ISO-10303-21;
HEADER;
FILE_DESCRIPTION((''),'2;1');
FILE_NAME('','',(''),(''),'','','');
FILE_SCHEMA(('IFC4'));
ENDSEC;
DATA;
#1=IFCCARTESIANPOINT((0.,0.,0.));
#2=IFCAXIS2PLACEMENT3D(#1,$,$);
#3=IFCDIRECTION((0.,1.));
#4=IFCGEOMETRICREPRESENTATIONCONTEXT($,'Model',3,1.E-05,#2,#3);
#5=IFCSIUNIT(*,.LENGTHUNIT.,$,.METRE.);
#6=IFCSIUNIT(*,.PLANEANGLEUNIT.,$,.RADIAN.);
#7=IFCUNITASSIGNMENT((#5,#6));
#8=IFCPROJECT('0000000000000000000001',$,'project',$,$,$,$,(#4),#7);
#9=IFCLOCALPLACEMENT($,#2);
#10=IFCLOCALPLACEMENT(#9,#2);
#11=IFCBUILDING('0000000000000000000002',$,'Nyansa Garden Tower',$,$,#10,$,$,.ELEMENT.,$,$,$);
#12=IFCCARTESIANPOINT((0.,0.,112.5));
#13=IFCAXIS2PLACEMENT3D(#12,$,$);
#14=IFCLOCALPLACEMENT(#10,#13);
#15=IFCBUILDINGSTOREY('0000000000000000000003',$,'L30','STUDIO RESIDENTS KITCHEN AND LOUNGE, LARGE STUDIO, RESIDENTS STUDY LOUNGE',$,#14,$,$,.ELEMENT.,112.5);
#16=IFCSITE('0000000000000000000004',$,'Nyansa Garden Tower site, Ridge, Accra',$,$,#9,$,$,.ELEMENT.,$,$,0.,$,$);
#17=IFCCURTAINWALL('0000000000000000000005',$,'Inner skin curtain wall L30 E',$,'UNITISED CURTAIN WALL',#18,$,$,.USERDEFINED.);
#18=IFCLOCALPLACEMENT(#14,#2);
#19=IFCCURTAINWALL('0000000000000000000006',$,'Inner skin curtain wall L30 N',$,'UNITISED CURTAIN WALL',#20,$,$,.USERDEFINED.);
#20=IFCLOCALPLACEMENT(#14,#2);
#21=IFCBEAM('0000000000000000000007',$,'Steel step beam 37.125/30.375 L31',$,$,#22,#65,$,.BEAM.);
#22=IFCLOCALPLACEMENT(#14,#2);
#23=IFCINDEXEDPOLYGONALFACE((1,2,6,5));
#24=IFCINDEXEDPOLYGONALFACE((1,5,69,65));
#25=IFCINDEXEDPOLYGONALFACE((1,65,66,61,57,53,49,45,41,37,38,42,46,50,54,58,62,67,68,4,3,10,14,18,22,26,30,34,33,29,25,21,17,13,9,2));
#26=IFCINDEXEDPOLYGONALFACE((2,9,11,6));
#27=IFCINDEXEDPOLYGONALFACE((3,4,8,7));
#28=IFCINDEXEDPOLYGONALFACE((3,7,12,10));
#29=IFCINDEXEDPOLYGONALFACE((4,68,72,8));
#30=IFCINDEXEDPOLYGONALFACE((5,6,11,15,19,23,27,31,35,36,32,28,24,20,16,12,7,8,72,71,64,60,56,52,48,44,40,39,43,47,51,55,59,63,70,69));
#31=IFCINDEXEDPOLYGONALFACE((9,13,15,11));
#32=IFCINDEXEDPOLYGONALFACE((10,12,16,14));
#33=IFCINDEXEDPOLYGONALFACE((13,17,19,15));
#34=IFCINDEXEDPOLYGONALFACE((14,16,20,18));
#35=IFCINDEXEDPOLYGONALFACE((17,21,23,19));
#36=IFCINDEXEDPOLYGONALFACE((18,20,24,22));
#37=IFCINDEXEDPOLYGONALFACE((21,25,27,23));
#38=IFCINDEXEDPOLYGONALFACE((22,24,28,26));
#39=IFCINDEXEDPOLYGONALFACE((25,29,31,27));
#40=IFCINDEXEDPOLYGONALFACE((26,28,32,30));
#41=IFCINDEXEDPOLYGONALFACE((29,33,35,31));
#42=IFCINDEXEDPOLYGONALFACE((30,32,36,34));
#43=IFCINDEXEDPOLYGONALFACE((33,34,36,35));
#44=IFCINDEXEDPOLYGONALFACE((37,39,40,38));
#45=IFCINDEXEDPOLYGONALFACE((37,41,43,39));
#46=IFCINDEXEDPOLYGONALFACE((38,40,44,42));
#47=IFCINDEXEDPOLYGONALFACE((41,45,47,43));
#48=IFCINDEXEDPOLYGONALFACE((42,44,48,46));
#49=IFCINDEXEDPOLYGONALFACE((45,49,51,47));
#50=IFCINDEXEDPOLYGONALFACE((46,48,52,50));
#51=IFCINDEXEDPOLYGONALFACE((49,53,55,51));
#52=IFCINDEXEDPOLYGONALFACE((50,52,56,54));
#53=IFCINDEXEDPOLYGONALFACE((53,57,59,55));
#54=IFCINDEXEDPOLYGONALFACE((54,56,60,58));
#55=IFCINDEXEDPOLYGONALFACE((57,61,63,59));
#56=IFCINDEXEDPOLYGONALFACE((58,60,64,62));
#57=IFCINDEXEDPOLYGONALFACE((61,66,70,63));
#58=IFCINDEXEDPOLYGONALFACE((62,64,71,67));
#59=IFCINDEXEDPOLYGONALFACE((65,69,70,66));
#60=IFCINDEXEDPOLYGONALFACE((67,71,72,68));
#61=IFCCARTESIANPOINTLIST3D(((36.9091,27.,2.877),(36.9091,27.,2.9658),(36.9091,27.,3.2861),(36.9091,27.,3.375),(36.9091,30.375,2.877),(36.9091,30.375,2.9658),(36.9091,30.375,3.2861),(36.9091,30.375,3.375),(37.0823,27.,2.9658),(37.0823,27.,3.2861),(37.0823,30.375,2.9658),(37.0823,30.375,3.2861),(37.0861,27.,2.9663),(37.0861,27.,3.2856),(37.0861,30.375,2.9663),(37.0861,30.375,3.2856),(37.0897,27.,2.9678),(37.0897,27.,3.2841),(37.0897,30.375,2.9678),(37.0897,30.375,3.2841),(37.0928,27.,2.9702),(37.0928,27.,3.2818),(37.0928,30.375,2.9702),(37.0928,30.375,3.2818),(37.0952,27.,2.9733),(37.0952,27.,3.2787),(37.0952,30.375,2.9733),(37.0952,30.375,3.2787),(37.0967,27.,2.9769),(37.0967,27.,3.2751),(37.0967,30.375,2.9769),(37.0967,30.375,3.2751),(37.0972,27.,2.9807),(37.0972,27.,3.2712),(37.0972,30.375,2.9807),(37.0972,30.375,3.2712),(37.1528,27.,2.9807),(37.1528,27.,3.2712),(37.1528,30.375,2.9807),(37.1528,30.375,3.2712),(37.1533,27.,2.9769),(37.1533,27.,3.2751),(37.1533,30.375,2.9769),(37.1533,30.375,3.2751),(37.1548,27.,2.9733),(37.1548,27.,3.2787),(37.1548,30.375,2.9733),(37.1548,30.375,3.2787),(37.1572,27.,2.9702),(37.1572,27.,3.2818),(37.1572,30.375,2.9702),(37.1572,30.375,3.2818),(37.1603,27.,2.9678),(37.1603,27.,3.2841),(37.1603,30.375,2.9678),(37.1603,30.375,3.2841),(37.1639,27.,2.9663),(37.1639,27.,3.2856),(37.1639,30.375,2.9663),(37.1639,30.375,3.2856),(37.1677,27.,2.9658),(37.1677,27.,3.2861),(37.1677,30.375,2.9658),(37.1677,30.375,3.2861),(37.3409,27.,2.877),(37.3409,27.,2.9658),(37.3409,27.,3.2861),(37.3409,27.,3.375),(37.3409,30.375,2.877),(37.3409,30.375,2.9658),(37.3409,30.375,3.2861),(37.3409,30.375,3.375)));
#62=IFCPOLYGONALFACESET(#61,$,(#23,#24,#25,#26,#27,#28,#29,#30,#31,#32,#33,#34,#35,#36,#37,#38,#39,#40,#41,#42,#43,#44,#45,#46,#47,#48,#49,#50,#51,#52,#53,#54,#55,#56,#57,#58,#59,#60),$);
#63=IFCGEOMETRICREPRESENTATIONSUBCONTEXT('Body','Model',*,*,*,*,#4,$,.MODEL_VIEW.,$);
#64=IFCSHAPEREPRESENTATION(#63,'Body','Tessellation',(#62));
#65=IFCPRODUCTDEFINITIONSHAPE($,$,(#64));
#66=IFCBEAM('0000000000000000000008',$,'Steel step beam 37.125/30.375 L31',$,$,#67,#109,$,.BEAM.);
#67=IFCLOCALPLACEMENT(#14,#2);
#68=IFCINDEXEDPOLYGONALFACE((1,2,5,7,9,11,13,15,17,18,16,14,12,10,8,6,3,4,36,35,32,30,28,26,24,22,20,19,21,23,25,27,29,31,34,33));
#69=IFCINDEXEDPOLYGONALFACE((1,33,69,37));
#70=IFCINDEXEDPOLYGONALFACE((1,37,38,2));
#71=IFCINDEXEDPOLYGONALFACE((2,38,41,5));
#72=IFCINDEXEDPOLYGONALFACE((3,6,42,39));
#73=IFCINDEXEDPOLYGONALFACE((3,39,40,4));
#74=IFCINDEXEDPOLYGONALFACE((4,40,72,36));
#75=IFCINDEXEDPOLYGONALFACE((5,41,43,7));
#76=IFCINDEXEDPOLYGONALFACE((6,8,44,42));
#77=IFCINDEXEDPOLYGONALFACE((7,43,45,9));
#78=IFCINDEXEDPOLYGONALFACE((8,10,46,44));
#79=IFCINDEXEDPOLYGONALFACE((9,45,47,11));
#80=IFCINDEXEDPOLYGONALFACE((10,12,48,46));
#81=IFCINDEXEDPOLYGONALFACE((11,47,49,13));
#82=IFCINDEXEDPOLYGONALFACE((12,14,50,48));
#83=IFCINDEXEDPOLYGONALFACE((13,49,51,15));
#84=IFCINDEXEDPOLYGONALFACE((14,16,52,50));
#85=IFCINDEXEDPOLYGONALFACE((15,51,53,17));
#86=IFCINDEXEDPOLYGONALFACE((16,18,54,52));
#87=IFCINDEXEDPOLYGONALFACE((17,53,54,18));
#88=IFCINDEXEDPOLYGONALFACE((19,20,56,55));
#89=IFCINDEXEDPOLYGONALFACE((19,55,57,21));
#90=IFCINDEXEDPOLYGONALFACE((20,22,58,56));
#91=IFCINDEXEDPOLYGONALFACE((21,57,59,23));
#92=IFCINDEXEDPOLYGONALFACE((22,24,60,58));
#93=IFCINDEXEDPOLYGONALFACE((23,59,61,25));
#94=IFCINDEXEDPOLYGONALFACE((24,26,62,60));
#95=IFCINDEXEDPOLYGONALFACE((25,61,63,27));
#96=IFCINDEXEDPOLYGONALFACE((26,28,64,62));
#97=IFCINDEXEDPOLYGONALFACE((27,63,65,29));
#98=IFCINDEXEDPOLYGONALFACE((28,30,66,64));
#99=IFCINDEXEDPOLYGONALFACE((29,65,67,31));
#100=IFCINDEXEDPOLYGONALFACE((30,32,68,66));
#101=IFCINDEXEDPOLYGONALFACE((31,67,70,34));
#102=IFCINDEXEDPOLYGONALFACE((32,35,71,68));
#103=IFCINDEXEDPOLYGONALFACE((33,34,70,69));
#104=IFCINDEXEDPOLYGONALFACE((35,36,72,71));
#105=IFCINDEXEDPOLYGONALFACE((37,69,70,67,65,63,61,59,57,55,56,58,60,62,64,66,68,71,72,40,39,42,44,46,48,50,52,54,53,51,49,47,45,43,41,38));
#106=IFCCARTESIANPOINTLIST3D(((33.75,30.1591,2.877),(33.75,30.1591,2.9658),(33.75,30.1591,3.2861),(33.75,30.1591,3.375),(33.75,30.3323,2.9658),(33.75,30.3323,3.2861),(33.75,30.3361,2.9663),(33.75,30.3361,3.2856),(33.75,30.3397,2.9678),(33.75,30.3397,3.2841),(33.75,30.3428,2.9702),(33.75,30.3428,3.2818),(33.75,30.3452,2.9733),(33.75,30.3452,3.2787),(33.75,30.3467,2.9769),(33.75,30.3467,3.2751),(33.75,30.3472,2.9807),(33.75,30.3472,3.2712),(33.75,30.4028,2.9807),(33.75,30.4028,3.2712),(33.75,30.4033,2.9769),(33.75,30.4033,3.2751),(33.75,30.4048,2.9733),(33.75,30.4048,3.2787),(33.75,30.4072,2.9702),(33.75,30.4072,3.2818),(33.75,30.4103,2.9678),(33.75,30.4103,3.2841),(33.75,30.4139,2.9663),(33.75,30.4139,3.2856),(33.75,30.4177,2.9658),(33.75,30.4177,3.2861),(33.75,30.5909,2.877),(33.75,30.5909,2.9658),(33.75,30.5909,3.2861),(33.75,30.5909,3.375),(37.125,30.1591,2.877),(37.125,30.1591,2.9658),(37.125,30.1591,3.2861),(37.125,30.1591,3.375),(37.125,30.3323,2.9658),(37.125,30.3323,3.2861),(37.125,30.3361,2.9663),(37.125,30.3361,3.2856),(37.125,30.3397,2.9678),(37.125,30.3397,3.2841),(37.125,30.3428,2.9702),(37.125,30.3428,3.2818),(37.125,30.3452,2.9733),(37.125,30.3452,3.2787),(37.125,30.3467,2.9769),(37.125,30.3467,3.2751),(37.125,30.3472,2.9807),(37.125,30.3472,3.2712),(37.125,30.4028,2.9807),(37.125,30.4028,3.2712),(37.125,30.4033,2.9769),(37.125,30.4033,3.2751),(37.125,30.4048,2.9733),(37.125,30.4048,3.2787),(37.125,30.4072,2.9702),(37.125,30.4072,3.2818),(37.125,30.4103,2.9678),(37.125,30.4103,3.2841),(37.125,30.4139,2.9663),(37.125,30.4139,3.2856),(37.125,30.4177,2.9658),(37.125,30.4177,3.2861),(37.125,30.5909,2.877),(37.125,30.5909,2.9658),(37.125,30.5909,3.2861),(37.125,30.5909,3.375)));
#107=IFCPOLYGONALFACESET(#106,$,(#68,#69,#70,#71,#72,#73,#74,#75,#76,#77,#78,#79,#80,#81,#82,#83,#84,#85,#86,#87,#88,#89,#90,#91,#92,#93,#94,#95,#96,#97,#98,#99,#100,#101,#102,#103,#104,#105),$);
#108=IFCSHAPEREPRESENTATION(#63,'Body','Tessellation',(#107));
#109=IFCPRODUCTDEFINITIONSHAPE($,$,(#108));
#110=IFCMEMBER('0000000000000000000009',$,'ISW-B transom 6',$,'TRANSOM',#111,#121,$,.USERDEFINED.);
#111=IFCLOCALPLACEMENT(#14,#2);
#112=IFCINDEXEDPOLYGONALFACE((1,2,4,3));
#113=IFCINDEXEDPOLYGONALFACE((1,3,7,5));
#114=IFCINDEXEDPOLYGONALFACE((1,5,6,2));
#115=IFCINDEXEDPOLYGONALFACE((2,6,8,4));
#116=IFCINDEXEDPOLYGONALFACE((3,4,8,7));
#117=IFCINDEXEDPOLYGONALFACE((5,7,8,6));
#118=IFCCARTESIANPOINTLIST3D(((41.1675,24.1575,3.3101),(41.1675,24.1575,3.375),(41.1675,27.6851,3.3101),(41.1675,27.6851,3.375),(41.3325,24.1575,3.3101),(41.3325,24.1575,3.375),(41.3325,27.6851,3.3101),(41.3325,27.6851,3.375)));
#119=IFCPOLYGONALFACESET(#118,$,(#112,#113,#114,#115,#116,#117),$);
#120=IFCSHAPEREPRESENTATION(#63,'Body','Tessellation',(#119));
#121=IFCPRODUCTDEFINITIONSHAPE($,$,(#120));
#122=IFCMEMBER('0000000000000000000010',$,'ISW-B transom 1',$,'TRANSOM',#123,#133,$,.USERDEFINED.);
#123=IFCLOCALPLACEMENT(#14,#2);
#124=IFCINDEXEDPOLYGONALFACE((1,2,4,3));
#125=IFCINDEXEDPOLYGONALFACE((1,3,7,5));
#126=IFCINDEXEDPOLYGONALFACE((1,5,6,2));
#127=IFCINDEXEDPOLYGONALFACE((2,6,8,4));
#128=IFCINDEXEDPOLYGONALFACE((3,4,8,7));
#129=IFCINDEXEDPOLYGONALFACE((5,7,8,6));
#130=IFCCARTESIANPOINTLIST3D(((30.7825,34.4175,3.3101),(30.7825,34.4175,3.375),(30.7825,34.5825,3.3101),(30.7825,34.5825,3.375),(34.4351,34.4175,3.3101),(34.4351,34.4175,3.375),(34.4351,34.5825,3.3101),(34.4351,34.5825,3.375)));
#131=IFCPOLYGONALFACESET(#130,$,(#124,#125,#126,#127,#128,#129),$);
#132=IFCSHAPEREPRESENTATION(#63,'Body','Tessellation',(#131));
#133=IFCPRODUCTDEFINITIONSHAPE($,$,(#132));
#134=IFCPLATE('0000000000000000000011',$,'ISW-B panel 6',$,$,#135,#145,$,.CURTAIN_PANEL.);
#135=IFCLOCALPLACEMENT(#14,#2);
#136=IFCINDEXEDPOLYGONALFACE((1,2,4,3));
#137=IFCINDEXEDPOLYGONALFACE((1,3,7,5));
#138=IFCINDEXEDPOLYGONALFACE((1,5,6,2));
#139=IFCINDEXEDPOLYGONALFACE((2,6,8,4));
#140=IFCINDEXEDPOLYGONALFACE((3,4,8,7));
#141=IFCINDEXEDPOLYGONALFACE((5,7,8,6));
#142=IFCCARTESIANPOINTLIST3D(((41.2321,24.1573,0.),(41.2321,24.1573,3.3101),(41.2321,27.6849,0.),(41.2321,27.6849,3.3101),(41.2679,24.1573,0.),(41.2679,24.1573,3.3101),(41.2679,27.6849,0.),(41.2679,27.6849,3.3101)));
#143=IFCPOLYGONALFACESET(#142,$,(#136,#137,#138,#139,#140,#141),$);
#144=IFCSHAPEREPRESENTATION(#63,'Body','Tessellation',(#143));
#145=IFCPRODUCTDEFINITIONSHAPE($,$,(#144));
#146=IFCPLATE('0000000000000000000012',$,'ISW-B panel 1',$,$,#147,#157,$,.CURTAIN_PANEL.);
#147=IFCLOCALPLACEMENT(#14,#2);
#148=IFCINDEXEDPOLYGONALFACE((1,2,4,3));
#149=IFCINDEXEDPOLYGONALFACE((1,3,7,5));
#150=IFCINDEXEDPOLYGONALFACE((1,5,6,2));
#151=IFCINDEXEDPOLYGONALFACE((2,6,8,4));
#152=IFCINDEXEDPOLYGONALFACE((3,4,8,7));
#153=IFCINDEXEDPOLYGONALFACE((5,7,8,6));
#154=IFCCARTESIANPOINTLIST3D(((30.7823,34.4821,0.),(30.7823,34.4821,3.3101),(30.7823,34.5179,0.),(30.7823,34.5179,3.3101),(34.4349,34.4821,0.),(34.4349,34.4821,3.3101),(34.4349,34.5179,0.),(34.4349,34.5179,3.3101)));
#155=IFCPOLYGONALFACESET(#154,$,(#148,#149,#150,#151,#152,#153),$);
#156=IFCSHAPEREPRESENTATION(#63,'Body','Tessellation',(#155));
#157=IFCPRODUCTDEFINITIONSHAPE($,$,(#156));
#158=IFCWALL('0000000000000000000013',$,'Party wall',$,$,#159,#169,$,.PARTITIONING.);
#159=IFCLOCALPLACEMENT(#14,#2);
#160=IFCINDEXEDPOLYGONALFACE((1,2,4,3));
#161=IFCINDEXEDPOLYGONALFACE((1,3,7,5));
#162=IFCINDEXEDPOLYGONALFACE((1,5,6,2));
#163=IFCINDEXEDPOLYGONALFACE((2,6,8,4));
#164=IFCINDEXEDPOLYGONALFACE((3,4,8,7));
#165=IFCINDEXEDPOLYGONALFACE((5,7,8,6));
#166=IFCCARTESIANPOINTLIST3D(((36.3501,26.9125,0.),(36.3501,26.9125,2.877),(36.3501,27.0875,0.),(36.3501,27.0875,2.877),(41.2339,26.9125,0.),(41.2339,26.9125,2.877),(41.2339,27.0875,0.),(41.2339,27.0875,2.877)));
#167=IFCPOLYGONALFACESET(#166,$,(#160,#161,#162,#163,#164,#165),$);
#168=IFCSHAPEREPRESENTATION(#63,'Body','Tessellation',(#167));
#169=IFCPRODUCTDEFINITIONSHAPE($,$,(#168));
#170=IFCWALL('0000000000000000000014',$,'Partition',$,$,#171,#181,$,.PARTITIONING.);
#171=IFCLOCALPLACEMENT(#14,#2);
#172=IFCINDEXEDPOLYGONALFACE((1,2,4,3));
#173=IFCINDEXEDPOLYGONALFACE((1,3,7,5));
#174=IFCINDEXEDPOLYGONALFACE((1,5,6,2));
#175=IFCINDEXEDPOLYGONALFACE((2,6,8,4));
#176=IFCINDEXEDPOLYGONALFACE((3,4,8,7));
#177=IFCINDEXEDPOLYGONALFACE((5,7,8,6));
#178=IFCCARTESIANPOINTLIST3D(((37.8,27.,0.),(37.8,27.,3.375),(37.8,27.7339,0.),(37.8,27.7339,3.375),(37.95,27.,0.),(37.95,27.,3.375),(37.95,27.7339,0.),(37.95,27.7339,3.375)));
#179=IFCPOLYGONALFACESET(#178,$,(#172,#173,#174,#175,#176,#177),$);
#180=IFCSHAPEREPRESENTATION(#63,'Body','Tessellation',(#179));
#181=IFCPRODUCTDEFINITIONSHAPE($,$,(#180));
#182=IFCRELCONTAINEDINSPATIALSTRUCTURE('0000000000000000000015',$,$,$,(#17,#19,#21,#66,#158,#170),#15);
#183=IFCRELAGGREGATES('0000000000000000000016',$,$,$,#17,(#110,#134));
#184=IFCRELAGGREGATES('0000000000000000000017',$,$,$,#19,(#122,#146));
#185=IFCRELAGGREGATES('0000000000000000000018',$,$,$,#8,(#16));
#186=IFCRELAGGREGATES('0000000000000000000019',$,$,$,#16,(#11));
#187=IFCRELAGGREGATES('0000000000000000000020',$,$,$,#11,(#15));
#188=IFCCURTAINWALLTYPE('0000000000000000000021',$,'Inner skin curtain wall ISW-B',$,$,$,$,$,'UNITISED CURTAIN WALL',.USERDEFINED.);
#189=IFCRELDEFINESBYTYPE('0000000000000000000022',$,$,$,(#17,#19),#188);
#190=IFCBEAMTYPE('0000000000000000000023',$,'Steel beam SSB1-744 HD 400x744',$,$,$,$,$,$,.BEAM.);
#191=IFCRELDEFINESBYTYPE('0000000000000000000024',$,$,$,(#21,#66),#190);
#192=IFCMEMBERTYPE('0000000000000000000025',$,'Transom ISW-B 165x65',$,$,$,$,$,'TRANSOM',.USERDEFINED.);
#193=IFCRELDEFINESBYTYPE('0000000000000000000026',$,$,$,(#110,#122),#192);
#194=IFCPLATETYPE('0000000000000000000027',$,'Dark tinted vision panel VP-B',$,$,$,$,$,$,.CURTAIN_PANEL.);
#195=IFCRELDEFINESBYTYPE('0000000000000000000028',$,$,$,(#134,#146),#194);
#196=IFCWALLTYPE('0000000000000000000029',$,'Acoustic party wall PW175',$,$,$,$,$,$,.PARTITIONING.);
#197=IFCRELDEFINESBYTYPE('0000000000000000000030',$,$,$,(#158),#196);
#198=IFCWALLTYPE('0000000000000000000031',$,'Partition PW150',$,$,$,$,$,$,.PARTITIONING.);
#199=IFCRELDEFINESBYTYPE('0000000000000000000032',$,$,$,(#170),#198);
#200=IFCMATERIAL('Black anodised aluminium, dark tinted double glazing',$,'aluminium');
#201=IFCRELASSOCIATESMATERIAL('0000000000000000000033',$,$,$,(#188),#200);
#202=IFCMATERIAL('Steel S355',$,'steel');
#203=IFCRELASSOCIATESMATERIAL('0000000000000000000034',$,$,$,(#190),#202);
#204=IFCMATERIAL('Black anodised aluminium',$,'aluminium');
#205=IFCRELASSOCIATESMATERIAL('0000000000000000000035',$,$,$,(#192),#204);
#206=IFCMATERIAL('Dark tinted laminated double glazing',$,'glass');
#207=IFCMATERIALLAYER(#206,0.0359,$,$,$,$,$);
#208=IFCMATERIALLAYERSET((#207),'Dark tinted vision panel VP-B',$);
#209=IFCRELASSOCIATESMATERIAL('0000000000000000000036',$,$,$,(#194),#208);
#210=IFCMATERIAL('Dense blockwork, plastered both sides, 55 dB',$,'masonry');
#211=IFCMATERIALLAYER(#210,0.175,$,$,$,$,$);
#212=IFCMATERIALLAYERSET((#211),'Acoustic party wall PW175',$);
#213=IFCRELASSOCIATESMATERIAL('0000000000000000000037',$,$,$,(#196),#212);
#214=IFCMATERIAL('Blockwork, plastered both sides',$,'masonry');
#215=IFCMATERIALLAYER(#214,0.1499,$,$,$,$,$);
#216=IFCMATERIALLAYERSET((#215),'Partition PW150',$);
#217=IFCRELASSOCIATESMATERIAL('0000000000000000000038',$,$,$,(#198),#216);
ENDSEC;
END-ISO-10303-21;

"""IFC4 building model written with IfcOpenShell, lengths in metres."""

from ifc_helpers import new_model, si_unit, direction, frame, frame_2d, origin, origin_2d, place, context, subcontext, project, spatial, rectangle, i_section, extrude, material, layer, layer_set, material_profile, profile_set, type_object, element, aggregate, save


model = new_model("IFC4")

# Units and contexts
model_context = context("Model", 3, precision=1e-05, world=origin(), true_north=direction((0.0, 1.0)))
body_context = subcontext(model_context, "Body", "Model", "MODEL_VIEW")
ifc_project = project(units=[si_unit("LENGTHUNIT", "METRE"), si_unit("PLANEANGLEUNIT", "RADIAN")], contexts=[model_context])

# Site, building, storey
site_placement = place(None, origin())
site = spatial("IfcSite", under=ifc_project, at=site_placement, Name="Nyansa Garden Tower site, Ridge, Accra", CompositionType="ELEMENT", RefElevation=0.0)
building_placement = place(site_placement, origin())
building = spatial("IfcBuilding", under=site, at=building_placement, Name="Nyansa Garden Tower", CompositionType="ELEMENT")
storey_placement = place(building_placement, frame((0.0, 0.0, 112.5)))
storey = spatial("IfcBuildingStorey", under=building, at=storey_placement, Name="L30", Description="STUDIO RESIDENTS KITCHEN AND LOUNGE, LARGE STUDIO, RESIDENTS STUDY LOUNGE", CompositionType="ELEMENT", Elevation=112.5)

# Curtain wall
ifc_material_1 = material(Name="Black anodised aluminium, dark tinted double glazing", Category="aluminium")
curtain_wall_type = type_object("IfcCurtainWallType", Name="Inner skin curtain wall ISW-B", ElementType="UNITISED CURTAIN WALL", PredefinedType="USERDEFINED", material=ifc_material_1)
curtain_wall_1_placement = place(storey_placement, origin())
curtain_wall_1 = element("IfcCurtainWall", 1, at=curtain_wall_1_placement, inside=storey, type_object=curtain_wall_type, Name="Inner skin curtain wall L30 E", ObjectType="UNITISED CURTAIN WALL", PredefinedType="USERDEFINED")

# Curtain wall
curtain_wall_2_placement = place(storey_placement, origin())
curtain_wall_2 = element("IfcCurtainWall", 2, at=curtain_wall_2_placement, inside=storey, type_object=curtain_wall_type, Name="Inner skin curtain wall L30 N", ObjectType="UNITISED CURTAIN WALL", PredefinedType="USERDEFINED")

# Beams
ifc_material_2 = material(Name="Steel S355", Category="steel")
ifc_material_profile_1 = material_profile(ifc_material_2, i_section(OverallWidth=0.4319, OverallDepth=0.498, WebThickness=0.0557, FlangeThickness=0.0889, FilletRadius=0.0149, at=origin_2d()), Name="HD 400x744")
ifc_profile_set_1 = profile_set([ifc_material_profile_1], Name="Steel S355")
beam_type_1 = type_object("IfcBeamType", Name="Steel beam SSB1-744 HD 400x744", PredefinedType="BEAM", material=ifc_profile_set_1)
for number, where, z_axis, x_axis, name in (
    (3, (37.125, 30.375, 3.126), (0.0, -1.0, 0.0), (1.0, 0.0, 0.0), "Steel step beam 37.125/30.375 L31"),
    (4, (37.125, 30.375, 3.126), (-1.0, 0.0, 0.0), (0.0, -1.0, 0.0), "Steel step beam 37.125/30.375 L31"),
):
    element("IfcBeam", number, at=place(storey_placement, frame(where, z_axis=z_axis, x_axis=x_axis)), inside=storey, type_object=beam_type_1, Name=name, PredefinedType="BEAM", context=body_context, shape_type="SweptSolid", body=[
        extrude(i_section(OverallWidth=0.4319, OverallDepth=0.498, WebThickness=0.0557, FlangeThickness=0.0889, FilletRadius=0.0149, at=origin_2d()), origin(), (0.0, 0.0, 1.0), 3.375),
    ])

# Members
ifc_material_3 = material(Name="Black anodised aluminium", Category="aluminium")
ifc_material_profile_2 = material_profile(ifc_material_3, rectangle(XDim=0.165, YDim=0.0649, at=origin_2d()), Name="Transom 165x65")
ifc_profile_set_2 = profile_set([ifc_material_profile_2], Name="Black anodised aluminium")
member_type_1 = type_object("IfcMemberType", Name="Transom ISW-B 165x65", ElementType="TRANSOM", PredefinedType="USERDEFINED", material=ifc_profile_set_2)
member_1_placement = place(storey_placement, frame((41.25, 24.1575, 3.3425), z_axis=(0.0, 1.0, 0.0), x_axis=(-1.0, 0.0, 0.0)))
member_1 = element("IfcMember", 5, at=member_1_placement, type_object=member_type_1, Name="ISW-B transom 6", ObjectType="TRANSOM", PredefinedType="USERDEFINED", context=body_context, shape_type="SweptSolid", body=[
    extrude(rectangle(XDim=0.165, YDim=0.0649, at=origin_2d()), origin(), (0.0, 0.0, 1.0), 3.5276),
])
member_2_placement = place(storey_placement, frame((34.4351, 34.5, 3.3425), z_axis=(-1.0, 0.0, 0.0), x_axis=(0.0, -1.0, 0.0)))
member_2 = element("IfcMember", 6, at=member_2_placement, type_object=member_type_1, Name="ISW-B transom 1", ObjectType="TRANSOM", PredefinedType="USERDEFINED", context=body_context, shape_type="SweptSolid", body=[
    extrude(rectangle(XDim=0.165, YDim=0.0649, at=origin_2d()), origin(), (0.0, 0.0, 1.0), 3.6526),
])

# Plates
ifc_material_4 = material(Name="Dark tinted laminated double glazing", Category="glass")
ifc_layer_1 = layer(ifc_material_4, 0.0359)
ifc_layer_set_1 = layer_set([ifc_layer_1], Name="Dark tinted vision panel VP-B")
plate_type = type_object("IfcPlateType", Name="Dark tinted vision panel VP-B", PredefinedType="CURTAIN_PANEL", material=ifc_layer_set_1)
plate_1_placement = place(storey_placement, frame((41.25, 25.9211, 0.0), z_axis=(0.0, 0.0, 1.0), x_axis=(0.0, 1.0, 0.0)))
plate_1 = element("IfcPlate", 7, at=plate_1_placement, type_object=plate_type, Name="ISW-B panel 6", PredefinedType="CURTAIN_PANEL", context=body_context, shape_type="SweptSolid", body=[
    extrude(rectangle(XDim=3.5276, YDim=0.0359, at=origin_2d()), origin(), (0.0, 0.0, 1.0), 3.3101),
])
aggregate(curtain_wall_1, [member_1, plate_1])
plate_2_placement = place(storey_placement, frame((32.6086, 34.5, 0.0), z_axis=(0.0, 0.0, 1.0), x_axis=(-1.0, 0.0, 0.0)))
plate_2 = element("IfcPlate", 8, at=plate_2_placement, type_object=plate_type, Name="ISW-B panel 1", PredefinedType="CURTAIN_PANEL", context=body_context, shape_type="SweptSolid", body=[
    extrude(rectangle(XDim=3.6526, YDim=0.0359, at=origin_2d()), origin(), (0.0, 0.0, 1.0), 3.3101),
])
aggregate(curtain_wall_2, [member_2, plate_2])

# Walls
ifc_material_5 = material(Name="Dense blockwork, plastered both sides, 55 dB", Category="masonry")
ifc_layer_2 = layer(ifc_material_5, 0.175)
ifc_layer_set_2 = layer_set([ifc_layer_2], Name="Acoustic party wall PW175")
wall_type_1 = type_object("IfcWallType", Name="Acoustic party wall PW175", PredefinedType="PARTITIONING", material=ifc_layer_set_2)
wall_1_placement = place(storey_placement, frame((36.3501, 27.0, 0.0), z_axis=(0.0, 0.0, 1.0), x_axis=(1.0, 0.0, 0.0)))
element("IfcWall", 9, at=wall_1_placement, inside=storey, type_object=wall_type_1, Name="Party wall", PredefinedType="PARTITIONING", context=body_context, shape_type="SweptSolid", body=[
    extrude(rectangle(XDim=4.8838, YDim=0.175, at=frame_2d((2.4419, 0.0))), origin(), (0.0, 0.0, 1.0), 2.877),
])
ifc_material_6 = material(Name="Blockwork, plastered both sides", Category="masonry")
ifc_layer_3 = layer(ifc_material_6, 0.1499)
ifc_layer_set_3 = layer_set([ifc_layer_3], Name="Partition PW150")
wall_type_2 = type_object("IfcWallType", Name="Partition PW150", PredefinedType="PARTITIONING", material=ifc_layer_set_3)
wall_2_placement = place(storey_placement, frame((37.875, 27.0, 0.0), z_axis=(0.0, 0.0, 1.0), x_axis=(0.0, 1.0, 0.0)))
element("IfcWall", 10, at=wall_2_placement, inside=storey, type_object=wall_type_2, Name="Partition", PredefinedType="PARTITIONING", context=body_context, shape_type="SweptSolid", body=[
    extrude(rectangle(XDim=0.7339, YDim=0.1499, at=frame_2d((0.3669, 0.0))), origin(), (0.0, 0.0, 1.0), 3.375),
])

save(model, "model.ifc")
